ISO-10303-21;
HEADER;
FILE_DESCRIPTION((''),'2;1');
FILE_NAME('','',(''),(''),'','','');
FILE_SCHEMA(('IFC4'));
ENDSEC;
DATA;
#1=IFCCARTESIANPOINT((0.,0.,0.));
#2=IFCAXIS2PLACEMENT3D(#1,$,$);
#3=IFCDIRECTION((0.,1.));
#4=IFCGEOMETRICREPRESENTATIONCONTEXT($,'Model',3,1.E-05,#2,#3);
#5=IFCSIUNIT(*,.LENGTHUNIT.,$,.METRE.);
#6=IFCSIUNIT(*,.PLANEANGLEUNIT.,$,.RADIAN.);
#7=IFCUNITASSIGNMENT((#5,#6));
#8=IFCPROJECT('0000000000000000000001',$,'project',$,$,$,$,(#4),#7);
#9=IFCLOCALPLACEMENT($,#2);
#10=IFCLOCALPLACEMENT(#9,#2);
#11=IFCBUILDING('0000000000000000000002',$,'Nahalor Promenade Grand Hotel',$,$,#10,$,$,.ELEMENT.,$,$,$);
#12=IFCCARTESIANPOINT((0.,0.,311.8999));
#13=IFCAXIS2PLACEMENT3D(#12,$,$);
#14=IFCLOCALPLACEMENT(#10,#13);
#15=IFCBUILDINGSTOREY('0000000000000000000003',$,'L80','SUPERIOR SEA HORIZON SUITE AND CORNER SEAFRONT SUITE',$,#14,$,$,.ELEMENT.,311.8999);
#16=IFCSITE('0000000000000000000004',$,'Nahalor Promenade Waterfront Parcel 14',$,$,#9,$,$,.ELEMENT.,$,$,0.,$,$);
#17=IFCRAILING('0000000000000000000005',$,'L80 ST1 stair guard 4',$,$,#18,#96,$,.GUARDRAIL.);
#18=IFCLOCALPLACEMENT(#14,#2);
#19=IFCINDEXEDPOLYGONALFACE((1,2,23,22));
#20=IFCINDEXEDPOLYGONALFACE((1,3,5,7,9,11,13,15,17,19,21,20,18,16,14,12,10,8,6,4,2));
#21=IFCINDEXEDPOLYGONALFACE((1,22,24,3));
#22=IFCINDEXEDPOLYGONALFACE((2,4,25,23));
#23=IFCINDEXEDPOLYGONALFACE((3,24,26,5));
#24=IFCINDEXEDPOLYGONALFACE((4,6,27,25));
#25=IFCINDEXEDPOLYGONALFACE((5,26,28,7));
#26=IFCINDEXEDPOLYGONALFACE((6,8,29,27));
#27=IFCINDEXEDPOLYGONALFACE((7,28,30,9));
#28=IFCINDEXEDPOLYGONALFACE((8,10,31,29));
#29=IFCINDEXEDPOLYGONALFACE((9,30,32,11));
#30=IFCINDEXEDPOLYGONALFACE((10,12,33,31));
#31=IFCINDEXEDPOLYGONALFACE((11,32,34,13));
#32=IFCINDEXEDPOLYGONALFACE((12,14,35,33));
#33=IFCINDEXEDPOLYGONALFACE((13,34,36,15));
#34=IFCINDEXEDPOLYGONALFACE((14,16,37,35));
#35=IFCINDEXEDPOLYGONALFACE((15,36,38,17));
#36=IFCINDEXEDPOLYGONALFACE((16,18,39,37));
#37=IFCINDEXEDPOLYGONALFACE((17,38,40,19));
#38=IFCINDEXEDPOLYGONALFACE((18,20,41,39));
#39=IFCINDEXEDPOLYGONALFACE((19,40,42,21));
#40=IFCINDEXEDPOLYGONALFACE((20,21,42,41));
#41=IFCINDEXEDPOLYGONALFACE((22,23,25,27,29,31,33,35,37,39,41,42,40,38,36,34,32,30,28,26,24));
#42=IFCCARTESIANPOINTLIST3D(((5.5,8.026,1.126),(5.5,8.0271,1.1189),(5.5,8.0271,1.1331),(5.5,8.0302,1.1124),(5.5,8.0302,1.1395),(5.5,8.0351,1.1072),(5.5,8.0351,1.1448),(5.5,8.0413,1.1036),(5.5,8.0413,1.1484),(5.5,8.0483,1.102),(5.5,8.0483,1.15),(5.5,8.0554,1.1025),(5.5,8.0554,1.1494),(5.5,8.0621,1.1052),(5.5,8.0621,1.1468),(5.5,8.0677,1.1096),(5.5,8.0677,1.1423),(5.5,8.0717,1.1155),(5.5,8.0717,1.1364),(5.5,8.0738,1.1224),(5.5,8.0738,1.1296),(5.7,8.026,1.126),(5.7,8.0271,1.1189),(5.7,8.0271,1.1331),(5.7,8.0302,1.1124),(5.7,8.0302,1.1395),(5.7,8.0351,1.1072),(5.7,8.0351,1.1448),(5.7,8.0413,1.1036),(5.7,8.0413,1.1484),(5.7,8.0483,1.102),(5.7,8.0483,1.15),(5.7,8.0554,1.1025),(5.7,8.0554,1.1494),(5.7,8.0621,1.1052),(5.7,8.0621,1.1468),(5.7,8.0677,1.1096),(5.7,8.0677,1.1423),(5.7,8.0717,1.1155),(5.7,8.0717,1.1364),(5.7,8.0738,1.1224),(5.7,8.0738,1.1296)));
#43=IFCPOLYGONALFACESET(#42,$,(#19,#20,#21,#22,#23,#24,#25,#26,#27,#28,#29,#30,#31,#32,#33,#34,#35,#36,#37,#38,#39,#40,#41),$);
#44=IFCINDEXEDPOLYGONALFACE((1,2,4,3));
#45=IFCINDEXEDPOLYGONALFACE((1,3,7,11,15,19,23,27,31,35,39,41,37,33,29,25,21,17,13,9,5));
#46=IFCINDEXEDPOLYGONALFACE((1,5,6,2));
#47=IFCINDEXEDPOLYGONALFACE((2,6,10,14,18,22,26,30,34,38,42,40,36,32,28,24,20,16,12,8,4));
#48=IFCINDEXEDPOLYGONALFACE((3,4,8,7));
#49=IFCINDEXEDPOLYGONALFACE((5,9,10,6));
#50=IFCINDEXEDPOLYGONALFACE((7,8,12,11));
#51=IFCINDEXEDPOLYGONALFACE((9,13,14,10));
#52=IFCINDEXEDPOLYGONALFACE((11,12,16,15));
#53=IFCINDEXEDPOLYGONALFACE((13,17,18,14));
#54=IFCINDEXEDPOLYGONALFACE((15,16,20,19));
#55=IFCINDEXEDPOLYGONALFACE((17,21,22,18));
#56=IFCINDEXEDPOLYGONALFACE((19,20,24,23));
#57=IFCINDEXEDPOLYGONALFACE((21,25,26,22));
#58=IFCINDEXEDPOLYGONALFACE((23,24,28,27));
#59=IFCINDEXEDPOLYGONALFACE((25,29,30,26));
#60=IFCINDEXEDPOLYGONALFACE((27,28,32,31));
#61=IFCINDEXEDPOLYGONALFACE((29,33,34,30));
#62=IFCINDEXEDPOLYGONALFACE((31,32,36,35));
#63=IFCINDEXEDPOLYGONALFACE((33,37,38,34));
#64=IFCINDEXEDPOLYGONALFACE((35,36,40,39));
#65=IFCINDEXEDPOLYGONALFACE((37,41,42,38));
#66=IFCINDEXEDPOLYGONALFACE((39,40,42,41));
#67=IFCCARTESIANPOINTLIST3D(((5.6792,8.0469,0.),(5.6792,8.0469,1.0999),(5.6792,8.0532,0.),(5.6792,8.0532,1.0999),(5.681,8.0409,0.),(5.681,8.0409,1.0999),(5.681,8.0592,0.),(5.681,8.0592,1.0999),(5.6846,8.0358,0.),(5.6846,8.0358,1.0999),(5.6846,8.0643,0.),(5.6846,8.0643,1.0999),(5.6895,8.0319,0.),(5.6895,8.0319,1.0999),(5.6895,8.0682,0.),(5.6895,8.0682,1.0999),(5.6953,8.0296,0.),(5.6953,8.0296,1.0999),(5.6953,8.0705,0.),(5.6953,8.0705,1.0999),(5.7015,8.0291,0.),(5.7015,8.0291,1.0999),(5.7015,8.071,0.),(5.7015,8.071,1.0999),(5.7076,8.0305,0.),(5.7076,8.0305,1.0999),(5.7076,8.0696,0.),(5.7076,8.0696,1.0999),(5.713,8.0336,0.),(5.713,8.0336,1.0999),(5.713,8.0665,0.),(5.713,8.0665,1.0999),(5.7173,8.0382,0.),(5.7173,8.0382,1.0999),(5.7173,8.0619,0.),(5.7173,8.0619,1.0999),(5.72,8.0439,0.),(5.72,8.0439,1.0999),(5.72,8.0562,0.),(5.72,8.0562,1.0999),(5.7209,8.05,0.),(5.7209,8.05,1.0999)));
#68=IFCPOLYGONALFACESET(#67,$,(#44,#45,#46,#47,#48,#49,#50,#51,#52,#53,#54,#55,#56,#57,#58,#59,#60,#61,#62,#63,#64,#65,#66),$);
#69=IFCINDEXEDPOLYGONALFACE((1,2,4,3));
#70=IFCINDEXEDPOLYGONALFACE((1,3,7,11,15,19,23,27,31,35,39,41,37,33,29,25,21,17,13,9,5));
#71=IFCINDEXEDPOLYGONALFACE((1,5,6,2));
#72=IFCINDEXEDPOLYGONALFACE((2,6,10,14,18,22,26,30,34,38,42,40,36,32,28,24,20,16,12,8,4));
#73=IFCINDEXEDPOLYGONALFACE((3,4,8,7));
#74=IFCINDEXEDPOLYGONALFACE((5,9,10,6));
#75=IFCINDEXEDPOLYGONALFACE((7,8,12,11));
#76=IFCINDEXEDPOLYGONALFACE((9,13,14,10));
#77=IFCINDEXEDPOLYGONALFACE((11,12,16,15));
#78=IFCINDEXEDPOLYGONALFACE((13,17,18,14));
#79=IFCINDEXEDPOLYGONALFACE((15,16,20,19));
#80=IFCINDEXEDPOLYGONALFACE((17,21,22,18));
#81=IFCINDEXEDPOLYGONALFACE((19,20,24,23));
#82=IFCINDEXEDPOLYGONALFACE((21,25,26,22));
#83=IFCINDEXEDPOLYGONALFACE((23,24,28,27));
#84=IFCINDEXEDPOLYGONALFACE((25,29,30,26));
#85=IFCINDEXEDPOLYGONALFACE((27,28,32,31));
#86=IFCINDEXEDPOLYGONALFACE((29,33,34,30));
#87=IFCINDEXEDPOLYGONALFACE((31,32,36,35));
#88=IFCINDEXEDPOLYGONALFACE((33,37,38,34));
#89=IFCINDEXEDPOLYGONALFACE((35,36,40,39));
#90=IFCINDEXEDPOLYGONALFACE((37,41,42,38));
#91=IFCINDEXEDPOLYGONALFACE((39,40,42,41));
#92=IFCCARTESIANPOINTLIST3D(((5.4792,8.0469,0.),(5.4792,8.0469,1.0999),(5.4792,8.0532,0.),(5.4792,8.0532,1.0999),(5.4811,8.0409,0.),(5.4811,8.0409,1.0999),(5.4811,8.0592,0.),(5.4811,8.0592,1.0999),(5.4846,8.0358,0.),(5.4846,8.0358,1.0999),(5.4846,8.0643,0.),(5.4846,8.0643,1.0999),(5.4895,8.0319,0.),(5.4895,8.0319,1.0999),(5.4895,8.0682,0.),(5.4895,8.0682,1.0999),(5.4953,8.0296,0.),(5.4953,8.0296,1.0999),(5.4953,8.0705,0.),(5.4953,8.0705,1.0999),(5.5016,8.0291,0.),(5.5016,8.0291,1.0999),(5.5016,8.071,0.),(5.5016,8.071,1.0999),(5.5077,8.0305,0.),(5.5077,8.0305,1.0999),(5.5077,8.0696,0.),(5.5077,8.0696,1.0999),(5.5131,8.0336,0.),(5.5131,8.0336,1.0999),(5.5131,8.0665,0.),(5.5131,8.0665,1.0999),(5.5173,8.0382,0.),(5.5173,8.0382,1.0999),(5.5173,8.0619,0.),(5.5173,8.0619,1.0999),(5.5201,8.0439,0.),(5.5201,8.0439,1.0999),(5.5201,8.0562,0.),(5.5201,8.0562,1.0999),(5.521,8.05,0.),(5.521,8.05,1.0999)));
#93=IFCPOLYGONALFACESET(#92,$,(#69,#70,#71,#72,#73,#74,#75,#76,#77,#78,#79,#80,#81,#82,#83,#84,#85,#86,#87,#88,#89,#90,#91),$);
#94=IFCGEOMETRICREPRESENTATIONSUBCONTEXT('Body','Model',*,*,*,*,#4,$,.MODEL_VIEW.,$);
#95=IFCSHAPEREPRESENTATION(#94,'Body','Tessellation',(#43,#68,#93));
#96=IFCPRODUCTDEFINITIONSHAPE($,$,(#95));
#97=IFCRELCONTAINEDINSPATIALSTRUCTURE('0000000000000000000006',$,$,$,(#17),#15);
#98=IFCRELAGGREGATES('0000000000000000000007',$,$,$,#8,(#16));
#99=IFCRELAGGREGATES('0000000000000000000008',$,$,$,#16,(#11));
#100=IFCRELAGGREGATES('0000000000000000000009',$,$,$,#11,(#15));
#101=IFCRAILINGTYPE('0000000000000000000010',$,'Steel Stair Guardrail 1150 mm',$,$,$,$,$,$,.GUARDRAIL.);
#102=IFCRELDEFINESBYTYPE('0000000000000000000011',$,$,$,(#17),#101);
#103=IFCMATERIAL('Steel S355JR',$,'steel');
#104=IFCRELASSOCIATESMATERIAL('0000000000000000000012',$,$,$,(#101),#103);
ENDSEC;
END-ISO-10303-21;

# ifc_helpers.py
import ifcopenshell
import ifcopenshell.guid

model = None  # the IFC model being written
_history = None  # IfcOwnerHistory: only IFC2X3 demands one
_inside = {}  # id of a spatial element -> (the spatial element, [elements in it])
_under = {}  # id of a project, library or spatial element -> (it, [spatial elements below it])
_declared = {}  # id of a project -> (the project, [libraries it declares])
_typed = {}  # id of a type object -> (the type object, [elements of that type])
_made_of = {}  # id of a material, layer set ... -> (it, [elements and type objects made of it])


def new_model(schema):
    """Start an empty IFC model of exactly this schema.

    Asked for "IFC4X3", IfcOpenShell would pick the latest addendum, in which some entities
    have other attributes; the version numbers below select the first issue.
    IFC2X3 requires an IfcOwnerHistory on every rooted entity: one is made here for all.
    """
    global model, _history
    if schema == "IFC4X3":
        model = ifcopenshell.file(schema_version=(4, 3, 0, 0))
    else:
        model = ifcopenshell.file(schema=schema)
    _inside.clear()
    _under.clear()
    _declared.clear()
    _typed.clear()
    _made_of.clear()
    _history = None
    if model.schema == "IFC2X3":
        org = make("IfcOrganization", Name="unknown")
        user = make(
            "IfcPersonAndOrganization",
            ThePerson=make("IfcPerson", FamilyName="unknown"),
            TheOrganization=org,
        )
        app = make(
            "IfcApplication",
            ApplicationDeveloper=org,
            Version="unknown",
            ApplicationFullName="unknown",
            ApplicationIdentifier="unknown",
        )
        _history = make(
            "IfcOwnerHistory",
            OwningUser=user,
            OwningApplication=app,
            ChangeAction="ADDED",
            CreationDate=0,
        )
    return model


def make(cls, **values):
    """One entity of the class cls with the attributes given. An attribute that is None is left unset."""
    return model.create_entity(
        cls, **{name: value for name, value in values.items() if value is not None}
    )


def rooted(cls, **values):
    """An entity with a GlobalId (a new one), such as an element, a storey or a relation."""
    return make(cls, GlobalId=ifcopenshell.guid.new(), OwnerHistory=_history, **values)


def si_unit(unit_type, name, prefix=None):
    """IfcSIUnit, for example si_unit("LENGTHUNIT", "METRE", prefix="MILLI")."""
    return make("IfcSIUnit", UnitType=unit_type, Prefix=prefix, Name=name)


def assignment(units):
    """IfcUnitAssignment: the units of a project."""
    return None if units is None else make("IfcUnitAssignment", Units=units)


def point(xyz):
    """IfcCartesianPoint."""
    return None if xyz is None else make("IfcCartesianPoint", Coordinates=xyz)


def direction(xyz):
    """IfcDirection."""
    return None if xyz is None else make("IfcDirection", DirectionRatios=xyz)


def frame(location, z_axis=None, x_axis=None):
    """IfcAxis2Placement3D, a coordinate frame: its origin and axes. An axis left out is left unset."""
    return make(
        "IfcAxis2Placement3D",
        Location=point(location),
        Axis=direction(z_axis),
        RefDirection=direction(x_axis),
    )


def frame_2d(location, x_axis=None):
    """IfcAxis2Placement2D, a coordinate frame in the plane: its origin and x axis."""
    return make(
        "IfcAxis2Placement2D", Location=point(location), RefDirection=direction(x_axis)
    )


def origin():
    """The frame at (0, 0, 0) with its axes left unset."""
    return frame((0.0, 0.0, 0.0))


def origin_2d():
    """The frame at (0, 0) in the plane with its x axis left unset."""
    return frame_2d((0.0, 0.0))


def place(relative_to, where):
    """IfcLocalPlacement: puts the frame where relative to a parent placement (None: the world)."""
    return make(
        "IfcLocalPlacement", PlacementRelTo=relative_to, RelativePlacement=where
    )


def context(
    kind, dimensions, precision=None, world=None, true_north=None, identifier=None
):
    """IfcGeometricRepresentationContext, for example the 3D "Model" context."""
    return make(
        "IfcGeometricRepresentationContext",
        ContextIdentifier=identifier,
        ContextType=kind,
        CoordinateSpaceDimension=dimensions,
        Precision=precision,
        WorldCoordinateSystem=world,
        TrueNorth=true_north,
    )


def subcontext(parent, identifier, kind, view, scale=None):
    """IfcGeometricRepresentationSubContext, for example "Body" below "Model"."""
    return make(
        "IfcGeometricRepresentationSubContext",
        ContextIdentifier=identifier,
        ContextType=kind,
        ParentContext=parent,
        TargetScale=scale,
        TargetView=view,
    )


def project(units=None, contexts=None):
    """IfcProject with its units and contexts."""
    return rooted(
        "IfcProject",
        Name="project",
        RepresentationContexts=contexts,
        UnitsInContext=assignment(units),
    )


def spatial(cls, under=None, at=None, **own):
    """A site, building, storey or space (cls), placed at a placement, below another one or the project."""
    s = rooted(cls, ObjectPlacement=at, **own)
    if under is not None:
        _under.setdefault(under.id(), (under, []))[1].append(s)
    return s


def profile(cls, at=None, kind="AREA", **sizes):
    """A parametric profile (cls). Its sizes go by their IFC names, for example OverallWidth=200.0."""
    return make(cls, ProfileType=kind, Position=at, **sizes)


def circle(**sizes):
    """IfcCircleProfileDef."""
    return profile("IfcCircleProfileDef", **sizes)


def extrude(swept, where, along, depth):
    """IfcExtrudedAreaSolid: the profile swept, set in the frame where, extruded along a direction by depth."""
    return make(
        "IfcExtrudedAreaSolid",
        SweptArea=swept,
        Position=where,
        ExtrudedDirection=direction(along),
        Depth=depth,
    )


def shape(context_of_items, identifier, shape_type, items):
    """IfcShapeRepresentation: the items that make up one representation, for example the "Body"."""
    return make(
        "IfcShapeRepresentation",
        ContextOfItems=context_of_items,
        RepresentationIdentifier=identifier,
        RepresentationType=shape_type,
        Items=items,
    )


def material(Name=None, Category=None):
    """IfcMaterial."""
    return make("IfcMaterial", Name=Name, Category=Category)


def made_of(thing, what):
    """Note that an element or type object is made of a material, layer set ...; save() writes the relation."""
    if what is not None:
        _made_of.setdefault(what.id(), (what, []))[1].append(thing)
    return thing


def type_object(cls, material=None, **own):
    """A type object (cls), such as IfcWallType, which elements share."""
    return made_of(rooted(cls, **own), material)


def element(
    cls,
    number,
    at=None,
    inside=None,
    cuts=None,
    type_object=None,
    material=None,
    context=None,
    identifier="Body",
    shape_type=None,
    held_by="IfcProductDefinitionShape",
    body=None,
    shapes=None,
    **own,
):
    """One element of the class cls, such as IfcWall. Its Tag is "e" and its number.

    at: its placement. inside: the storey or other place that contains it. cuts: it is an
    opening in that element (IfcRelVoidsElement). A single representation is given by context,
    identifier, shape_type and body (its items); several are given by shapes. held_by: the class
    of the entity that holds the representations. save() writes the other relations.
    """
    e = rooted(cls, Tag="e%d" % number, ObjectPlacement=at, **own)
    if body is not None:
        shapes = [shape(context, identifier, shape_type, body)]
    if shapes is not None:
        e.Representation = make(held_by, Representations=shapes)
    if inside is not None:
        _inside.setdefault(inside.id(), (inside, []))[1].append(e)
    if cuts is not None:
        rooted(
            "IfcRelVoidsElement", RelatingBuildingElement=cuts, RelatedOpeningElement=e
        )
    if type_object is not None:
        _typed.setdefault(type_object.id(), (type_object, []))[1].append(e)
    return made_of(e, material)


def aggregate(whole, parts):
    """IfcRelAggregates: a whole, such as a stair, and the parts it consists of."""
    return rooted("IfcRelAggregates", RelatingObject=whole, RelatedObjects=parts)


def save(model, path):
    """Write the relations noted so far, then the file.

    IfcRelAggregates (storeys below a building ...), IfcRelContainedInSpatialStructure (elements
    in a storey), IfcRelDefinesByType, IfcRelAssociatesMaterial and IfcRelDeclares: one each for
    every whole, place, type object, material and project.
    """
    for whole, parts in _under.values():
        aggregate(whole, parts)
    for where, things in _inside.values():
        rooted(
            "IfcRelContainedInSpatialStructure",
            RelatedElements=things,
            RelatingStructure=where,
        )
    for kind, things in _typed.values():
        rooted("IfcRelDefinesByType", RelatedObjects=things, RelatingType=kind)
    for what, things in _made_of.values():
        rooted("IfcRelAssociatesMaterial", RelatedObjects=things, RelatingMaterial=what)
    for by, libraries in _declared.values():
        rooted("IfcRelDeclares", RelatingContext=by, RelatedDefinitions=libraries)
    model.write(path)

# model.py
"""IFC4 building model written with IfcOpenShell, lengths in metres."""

from ifc_helpers import new_model, si_unit, direction, frame, origin, origin_2d, place, context, subcontext, project, spatial, circle, extrude, material, type_object, element, save


model = new_model("IFC4")

# Units and contexts
model_context = context("Model", 3, precision=1e-05, world=origin(), true_north=direction((0.0, 1.0)))
body_context = subcontext(model_context, "Body", "Model", "MODEL_VIEW")
ifc_project = project(units=[si_unit("LENGTHUNIT", "METRE"), si_unit("PLANEANGLEUNIT", "RADIAN")], contexts=[model_context])

# Site, building, storey
site_placement = place(None, origin())
site = spatial("IfcSite", under=ifc_project, at=site_placement, Name="Nahalor Promenade Waterfront Parcel 14", CompositionType="ELEMENT", RefElevation=0.0)
building_placement = place(site_placement, origin())
building = spatial("IfcBuilding", under=site, at=building_placement, Name="Nahalor Promenade Grand Hotel", CompositionType="ELEMENT")
storey_placement = place(building_placement, frame((0.0, 0.0, 311.8999)))
storey = spatial("IfcBuildingStorey", under=building, at=storey_placement, Name="L80", Description="SUPERIOR SEA HORIZON SUITE AND CORNER SEAFRONT SUITE", CompositionType="ELEMENT", Elevation=311.8999)

# Shared definitions
ifc_material_1 = material(Name="Steel S355JR", Category="steel")

# Railing
railing_type_1 = type_object("IfcRailingType", Name="Steel Stair Guardrail 1150 mm", PredefinedType="GUARDRAIL", material=ifc_material_1)
railing_1_placement = place(storey_placement, frame((5.7, 8.05, 0.0)))
element("IfcRailing", 1, at=railing_1_placement, inside=storey, type_object=railing_type_1, Name="L80 ST1 stair guard 4", PredefinedType="GUARDRAIL", context=body_context, shape_type="SweptSolid", body=[
    extrude(circle(Radius=0.024, at=origin_2d()), frame((0.0, 0.0, 1.126), z_axis=(-1.0, 0.0, 0.0), x_axis=(0.0, -1.0, 0.0)), (0.0, 0.0, 1.0), 0.2),
    extrude(circle(Radius=0.021, at=origin_2d()), origin(), (0.0, 0.0, 1.0), 1.0999),
    extrude(circle(Radius=0.021, at=origin_2d()), frame((-0.2, 0.0, 0.0)), (0.0, 0.0, 1.0), 1.0999),
])

save(model, "model.ifc")
